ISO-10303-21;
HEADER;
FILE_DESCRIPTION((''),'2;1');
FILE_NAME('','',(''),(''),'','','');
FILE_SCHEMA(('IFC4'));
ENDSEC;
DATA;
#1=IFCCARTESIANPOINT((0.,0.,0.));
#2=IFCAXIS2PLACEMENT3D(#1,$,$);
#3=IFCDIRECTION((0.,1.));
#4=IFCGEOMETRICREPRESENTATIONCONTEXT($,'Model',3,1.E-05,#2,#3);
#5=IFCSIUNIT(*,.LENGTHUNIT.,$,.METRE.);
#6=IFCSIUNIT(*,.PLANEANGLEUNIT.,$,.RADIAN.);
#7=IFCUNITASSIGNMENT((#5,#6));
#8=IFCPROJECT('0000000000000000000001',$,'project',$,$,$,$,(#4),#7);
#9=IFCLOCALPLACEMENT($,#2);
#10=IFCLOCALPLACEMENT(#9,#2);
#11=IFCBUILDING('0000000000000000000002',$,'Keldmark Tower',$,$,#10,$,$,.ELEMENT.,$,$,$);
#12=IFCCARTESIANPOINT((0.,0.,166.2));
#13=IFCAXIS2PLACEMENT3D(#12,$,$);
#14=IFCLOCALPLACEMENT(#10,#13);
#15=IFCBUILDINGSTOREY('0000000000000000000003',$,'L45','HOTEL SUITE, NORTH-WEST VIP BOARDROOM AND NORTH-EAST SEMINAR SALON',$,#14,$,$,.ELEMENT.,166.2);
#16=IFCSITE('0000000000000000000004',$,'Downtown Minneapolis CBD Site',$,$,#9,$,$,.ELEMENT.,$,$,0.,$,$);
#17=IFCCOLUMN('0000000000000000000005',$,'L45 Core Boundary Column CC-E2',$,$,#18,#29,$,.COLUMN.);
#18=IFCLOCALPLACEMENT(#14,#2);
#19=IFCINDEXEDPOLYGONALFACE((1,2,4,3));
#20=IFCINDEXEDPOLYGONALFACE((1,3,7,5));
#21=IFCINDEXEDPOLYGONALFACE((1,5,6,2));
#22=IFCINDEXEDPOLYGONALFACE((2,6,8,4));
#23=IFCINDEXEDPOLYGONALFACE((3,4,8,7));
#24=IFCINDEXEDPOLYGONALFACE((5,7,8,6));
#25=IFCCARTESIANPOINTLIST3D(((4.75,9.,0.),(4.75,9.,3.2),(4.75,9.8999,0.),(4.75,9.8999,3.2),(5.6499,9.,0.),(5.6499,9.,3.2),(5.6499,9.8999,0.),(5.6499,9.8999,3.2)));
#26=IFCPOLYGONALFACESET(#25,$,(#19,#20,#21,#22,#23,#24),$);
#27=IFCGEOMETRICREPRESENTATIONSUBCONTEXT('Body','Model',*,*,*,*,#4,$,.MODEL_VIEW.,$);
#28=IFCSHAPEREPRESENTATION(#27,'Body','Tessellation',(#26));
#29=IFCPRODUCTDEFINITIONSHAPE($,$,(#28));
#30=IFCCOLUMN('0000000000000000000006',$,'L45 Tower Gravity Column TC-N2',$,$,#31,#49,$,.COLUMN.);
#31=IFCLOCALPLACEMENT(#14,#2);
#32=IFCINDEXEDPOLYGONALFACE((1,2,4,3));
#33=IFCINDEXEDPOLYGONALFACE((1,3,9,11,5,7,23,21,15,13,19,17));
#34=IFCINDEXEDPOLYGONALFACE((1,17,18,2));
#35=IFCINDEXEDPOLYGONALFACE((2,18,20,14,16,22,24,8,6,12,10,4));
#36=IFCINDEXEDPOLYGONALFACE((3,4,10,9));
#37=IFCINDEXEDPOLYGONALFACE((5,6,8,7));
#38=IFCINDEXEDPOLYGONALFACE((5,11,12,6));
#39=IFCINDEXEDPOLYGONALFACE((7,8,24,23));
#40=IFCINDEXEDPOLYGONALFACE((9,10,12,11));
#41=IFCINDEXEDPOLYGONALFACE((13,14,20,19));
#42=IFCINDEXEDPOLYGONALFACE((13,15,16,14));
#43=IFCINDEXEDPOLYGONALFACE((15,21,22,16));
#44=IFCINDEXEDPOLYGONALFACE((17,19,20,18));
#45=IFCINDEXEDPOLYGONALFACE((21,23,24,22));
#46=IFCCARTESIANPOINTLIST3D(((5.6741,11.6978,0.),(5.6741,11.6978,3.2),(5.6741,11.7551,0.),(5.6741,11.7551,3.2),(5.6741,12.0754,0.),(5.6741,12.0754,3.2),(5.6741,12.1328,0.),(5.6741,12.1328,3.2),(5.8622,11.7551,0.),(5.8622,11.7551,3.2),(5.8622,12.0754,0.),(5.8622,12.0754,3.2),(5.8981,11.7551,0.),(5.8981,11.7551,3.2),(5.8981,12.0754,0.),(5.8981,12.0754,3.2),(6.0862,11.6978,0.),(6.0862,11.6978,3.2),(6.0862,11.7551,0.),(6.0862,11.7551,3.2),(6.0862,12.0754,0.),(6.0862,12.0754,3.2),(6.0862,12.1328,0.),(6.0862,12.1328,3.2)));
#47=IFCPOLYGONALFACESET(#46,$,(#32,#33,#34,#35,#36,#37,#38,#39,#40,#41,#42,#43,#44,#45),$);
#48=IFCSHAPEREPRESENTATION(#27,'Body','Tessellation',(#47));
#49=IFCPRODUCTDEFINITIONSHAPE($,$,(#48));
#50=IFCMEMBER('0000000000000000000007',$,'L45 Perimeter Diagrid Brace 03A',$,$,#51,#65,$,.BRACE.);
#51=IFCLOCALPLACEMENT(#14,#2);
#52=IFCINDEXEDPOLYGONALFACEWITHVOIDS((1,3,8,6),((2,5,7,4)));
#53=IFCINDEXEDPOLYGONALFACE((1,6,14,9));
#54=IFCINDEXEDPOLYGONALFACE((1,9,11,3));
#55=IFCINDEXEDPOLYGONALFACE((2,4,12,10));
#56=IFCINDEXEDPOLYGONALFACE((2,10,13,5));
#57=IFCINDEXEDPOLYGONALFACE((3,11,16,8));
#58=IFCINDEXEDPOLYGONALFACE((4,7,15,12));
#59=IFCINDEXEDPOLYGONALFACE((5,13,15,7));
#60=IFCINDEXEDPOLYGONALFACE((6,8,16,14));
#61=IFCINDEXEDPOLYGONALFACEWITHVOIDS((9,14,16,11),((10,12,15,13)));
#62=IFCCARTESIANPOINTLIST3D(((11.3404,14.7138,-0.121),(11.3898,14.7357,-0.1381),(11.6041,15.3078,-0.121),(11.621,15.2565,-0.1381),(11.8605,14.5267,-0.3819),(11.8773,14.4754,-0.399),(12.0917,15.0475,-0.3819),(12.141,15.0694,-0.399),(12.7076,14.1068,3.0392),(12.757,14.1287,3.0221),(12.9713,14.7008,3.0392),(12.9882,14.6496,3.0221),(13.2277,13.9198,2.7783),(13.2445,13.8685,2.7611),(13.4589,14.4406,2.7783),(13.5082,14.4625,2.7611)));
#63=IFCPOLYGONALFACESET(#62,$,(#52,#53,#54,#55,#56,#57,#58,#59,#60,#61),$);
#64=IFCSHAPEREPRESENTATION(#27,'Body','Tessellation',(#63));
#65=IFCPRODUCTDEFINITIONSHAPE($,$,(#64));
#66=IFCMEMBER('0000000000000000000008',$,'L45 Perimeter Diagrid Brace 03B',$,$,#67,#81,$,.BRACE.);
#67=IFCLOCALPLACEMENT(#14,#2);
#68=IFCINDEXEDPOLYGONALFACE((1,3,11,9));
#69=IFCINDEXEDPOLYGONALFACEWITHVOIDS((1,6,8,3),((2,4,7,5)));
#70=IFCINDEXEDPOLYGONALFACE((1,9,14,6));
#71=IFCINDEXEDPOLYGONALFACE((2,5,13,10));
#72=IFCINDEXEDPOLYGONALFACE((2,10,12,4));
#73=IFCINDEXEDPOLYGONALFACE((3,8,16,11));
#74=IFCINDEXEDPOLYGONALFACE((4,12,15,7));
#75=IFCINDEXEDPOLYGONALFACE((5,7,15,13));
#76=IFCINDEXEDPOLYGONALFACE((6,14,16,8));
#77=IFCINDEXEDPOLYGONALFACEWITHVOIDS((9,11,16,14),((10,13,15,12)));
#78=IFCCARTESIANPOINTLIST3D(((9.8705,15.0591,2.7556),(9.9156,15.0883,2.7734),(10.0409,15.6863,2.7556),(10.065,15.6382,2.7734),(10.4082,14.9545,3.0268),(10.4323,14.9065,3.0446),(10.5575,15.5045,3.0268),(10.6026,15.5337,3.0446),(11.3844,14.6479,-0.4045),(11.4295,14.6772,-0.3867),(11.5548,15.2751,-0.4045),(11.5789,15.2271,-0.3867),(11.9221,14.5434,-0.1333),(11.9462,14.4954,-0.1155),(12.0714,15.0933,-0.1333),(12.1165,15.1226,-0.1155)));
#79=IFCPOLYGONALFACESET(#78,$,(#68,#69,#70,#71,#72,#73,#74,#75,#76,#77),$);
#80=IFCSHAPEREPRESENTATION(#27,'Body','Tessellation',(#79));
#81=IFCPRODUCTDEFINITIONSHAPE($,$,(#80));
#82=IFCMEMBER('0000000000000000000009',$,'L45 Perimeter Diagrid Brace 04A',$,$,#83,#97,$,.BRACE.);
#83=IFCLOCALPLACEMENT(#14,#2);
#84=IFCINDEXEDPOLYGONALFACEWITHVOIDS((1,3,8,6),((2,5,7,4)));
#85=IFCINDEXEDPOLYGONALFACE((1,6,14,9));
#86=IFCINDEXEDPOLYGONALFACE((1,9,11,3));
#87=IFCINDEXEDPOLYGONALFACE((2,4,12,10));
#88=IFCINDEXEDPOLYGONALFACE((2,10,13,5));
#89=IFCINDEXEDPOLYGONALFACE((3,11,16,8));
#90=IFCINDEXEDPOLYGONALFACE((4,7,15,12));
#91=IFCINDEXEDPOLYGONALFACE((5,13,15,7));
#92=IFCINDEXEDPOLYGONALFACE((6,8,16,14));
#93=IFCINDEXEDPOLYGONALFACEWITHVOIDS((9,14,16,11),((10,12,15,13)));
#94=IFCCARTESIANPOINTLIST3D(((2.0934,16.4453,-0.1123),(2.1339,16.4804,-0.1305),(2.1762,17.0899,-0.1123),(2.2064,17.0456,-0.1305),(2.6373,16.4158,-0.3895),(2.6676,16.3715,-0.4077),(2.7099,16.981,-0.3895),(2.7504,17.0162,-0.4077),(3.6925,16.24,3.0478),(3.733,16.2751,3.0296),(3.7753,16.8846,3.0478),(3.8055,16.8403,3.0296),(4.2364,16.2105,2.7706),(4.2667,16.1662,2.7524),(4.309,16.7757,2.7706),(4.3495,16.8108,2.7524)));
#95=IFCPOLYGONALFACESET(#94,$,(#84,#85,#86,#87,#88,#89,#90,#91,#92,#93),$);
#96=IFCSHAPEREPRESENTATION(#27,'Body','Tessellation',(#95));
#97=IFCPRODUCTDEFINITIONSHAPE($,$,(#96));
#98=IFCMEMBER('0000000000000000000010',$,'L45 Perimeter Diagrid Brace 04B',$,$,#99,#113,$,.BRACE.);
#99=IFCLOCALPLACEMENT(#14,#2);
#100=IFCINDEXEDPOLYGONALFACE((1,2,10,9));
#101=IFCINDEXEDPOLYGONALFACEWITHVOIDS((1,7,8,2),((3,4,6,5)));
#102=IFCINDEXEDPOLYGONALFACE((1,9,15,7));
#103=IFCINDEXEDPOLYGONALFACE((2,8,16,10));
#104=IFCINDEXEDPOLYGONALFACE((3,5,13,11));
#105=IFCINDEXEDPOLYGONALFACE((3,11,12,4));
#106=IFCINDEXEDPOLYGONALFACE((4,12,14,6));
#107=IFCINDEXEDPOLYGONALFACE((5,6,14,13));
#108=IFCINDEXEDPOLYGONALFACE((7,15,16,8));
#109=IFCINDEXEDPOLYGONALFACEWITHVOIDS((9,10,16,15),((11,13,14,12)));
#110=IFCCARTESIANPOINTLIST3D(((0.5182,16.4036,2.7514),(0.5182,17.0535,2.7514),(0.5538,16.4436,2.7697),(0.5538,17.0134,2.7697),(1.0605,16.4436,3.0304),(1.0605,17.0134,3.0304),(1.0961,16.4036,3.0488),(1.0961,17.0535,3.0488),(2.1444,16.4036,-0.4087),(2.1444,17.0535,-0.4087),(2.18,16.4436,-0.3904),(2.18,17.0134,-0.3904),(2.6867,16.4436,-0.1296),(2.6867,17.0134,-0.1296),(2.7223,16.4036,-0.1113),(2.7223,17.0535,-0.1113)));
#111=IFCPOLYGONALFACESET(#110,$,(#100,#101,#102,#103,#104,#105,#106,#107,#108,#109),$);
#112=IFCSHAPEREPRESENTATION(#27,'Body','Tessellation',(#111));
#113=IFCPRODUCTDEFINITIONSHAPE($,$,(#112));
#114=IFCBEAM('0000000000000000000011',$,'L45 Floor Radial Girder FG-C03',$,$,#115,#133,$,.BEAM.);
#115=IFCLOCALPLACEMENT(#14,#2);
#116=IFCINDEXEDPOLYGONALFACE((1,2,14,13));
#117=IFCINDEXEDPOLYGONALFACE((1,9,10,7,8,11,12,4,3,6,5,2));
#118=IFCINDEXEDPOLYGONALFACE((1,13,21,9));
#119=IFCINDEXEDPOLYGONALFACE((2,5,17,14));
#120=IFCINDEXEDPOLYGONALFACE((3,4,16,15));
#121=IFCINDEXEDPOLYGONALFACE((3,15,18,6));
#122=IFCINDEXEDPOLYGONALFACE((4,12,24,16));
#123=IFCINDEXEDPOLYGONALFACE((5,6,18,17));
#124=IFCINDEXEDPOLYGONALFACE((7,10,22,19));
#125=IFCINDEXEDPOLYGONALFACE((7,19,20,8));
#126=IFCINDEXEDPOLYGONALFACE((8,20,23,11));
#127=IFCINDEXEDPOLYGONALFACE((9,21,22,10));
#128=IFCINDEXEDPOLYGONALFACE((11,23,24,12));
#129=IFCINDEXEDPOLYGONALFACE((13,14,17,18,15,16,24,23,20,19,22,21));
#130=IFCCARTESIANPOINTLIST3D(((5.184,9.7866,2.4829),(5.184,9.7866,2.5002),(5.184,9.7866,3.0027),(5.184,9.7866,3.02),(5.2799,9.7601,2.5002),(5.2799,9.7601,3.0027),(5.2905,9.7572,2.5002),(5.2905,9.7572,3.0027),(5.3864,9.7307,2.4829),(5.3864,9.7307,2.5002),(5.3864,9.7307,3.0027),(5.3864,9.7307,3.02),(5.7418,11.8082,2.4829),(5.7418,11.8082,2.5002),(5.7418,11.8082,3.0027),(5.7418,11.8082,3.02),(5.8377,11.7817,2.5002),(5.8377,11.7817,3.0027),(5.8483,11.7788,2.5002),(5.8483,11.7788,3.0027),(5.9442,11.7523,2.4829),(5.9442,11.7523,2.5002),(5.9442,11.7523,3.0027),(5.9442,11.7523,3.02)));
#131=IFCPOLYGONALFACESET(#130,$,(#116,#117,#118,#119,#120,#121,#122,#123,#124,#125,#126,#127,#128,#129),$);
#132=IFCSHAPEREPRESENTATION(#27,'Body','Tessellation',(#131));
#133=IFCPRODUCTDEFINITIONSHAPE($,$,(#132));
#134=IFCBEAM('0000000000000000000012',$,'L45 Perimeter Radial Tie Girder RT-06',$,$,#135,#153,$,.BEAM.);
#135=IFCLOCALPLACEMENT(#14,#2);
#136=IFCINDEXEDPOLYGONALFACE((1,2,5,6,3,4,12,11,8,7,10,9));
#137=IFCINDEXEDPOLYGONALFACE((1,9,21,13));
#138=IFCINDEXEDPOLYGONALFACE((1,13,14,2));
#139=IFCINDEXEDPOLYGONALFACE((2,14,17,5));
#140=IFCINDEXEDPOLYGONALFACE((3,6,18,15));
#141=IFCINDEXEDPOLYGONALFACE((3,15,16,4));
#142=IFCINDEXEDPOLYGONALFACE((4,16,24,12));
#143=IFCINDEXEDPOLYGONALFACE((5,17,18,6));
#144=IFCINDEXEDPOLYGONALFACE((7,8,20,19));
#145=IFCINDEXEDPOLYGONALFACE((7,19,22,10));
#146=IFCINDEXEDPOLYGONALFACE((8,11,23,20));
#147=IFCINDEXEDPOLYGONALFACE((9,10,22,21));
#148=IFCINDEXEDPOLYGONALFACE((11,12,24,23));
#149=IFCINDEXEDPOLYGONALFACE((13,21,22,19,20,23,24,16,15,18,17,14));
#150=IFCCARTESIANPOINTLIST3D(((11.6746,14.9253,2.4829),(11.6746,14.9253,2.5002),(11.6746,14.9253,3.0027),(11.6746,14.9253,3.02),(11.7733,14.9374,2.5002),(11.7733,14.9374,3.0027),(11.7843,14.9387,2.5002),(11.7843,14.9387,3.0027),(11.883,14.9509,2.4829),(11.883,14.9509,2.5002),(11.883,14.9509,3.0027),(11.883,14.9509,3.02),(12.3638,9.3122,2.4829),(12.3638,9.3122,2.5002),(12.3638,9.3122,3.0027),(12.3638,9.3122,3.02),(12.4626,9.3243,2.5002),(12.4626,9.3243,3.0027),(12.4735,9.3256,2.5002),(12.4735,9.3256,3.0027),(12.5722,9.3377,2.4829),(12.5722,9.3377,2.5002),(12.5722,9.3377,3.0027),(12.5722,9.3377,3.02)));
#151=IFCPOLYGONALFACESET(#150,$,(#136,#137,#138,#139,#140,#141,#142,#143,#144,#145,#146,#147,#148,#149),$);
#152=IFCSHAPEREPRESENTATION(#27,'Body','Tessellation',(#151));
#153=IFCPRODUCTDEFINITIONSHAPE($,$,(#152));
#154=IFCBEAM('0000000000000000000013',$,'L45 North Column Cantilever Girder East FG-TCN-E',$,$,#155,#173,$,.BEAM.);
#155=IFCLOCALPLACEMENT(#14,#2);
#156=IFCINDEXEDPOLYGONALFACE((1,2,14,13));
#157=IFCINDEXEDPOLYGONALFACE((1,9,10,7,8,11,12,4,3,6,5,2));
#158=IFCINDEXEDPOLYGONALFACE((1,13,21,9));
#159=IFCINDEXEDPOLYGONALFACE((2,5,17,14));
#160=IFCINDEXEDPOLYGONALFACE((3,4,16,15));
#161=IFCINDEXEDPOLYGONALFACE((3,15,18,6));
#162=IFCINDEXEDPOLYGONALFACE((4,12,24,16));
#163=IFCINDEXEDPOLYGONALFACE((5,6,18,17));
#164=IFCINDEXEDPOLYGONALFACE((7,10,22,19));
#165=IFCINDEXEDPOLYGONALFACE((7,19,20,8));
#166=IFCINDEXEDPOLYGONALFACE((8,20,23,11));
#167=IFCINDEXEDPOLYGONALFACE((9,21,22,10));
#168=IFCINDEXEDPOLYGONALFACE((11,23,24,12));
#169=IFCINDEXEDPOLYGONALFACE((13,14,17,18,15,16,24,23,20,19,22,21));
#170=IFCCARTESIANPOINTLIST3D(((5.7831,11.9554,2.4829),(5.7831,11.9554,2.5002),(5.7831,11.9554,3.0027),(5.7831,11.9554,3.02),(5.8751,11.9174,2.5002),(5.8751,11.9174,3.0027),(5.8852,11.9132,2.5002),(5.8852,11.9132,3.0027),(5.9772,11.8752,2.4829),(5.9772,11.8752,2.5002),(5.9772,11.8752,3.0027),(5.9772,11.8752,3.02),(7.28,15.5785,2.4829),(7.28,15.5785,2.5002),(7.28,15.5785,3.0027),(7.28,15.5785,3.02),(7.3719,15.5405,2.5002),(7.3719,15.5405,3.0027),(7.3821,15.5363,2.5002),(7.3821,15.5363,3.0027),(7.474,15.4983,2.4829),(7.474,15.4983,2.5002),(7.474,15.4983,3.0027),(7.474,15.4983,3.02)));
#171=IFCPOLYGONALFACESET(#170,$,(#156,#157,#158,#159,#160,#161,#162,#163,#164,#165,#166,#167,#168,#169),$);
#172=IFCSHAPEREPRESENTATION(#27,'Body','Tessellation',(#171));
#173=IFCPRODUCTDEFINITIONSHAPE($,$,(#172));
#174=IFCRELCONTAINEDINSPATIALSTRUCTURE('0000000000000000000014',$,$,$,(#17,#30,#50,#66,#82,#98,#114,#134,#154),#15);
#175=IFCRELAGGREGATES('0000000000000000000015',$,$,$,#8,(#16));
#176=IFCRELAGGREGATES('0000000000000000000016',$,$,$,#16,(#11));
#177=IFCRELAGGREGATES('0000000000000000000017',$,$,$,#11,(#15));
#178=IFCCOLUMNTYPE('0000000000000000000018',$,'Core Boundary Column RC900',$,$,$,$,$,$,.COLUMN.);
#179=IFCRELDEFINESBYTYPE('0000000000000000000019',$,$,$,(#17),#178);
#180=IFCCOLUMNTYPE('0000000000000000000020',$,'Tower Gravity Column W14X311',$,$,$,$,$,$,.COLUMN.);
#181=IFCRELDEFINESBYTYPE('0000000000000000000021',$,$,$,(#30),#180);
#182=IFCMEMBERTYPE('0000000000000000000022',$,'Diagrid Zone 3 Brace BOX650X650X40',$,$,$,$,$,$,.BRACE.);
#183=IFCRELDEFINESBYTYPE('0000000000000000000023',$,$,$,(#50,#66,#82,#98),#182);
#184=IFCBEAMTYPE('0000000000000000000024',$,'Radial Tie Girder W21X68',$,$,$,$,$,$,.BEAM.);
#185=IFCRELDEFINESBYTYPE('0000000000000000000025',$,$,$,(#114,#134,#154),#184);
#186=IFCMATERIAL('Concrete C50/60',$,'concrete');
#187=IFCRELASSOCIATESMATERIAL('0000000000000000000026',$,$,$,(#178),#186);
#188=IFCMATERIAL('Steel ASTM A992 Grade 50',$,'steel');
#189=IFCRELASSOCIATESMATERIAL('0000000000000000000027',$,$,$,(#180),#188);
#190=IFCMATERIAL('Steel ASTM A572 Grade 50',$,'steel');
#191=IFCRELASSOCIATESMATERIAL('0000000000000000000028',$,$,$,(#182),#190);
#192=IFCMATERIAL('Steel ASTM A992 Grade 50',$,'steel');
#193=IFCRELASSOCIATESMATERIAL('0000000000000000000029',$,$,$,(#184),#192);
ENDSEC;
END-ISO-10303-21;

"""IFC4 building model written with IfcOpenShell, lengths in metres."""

from ifc_helpers import new_model, si_unit, direction, frame, origin, origin_2d, place, context, subcontext, project, spatial, rectangle, hollow_rectangle, i_section, extrude, material, material_profile, profile_set, type_object, element, save


model = new_model("IFC4")

# Units and contexts
model_context = context("Model", 3, precision=1e-05, world=origin(), true_north=direction((0.0, 1.0)))
body_context = subcontext(model_context, "Body", "Model", "MODEL_VIEW")
ifc_project = project(units=[si_unit("LENGTHUNIT", "METRE"), si_unit("PLANEANGLEUNIT", "RADIAN")], contexts=[model_context])

# Site, building, storey
site_placement = place(None, origin())
site = spatial("IfcSite", under=ifc_project, at=site_placement, Name="Downtown Minneapolis CBD Site", CompositionType="ELEMENT", RefElevation=0.0)
building_placement = place(site_placement, origin())
building = spatial("IfcBuilding", under=site, at=building_placement, Name="Keldmark Tower", CompositionType="ELEMENT")
storey_placement = place(building_placement, frame((0.0, 0.0, 166.2)))
storey = spatial("IfcBuildingStorey", under=building, at=storey_placement, Name="L45", Description="HOTEL SUITE, NORTH-WEST VIP BOARDROOM AND NORTH-EAST SEMINAR SALON", CompositionType="ELEMENT", Elevation=166.2)

# Columns
ifc_material_1 = material(Name="Concrete C50/60", Category="concrete")
ifc_material_profile_1 = material_profile(ifc_material_1, rectangle(XDim=0.8999, YDim=0.8999, at=origin_2d()), Name="RC900X900")
ifc_profile_set_1 = profile_set([ifc_material_profile_1], Name="Concrete C50/60")
column_type_1 = type_object("IfcColumnType", Name="Core Boundary Column RC900", PredefinedType="COLUMN", material=ifc_profile_set_1)
column_1_placement = place(storey_placement, frame((5.2, 9.45, 0.0), z_axis=(0.0, 0.0, 1.0), x_axis=(1.0, 0.0, 0.0)))
element("IfcColumn", 1, at=column_1_placement, inside=storey, type_object=column_type_1, Name="L45 Core Boundary Column CC-E2", PredefinedType="COLUMN", context=body_context, shape_type="SweptSolid", body=[
    extrude(rectangle(XDim=0.8999, YDim=0.8999, at=origin_2d()), origin(), (0.0, 0.0, 1.0), 3.2),
])
ifc_material_2 = material(Name="Steel ASTM A992 Grade 50", Category="steel")
ifc_material_profile_2 = material_profile(ifc_material_2, i_section(OverallWidth=0.4121, OverallDepth=0.4351, WebThickness=0.0359, FlangeThickness=0.0574, at=origin_2d()), Name="W14X311")
ifc_profile_set_2 = profile_set([ifc_material_profile_2], Name="Steel ASTM A992 Grade 50")
column_type_2 = type_object("IfcColumnType", Name="Tower Gravity Column W14X311", PredefinedType="COLUMN", material=ifc_profile_set_2)
column_2_placement = place(storey_placement, frame((5.8801, 11.9153, 0.0), z_axis=(0.0, 0.0, 1.0), x_axis=(1.0, 0.0, 0.0)))
element("IfcColumn", 2, at=column_2_placement, inside=storey, type_object=column_type_2, Name="L45 Tower Gravity Column TC-N2", PredefinedType="COLUMN", context=body_context, shape_type="SweptSolid", body=[
    extrude(i_section(OverallWidth=0.4121, OverallDepth=0.4351, WebThickness=0.0359, FlangeThickness=0.0574, at=origin_2d()), origin(), (0.0, 0.0, 1.0), 3.2),
])

# Members
ifc_material_3 = material(Name="Steel ASTM A572 Grade 50", Category="steel")
ifc_material_profile_3 = material_profile(ifc_material_3, hollow_rectangle(XDim=0.6499, YDim=0.6499, WallThickness=0.04, at=origin_2d()), Name="BOX650X650X40")
ifc_profile_set_3 = profile_set([ifc_material_profile_3], Name="Steel ASTM A572 Grade 50")
member_type = type_object("IfcMemberType", Name="Diagrid Zone 3 Brace BOX650X650X40", PredefinedType="BRACE", material=ifc_profile_set_3)
member_1_placement = place(storey_placement, frame((11.7407, 14.8916, -0.26), z_axis=(0.391038, -0.173593, 0.903856), x_axis=(0.405745, 0.913986, 0.0)))
element("IfcMember", 3, at=member_1_placement, inside=storey, type_object=member_type, Name="L45 Perimeter Diagrid Brace 03A", PredefinedType="BRACE", context=body_context, shape_type="SweptSolid", body=[
    extrude(hollow_rectangle(XDim=0.6499, YDim=0.6499, WallThickness=0.04, at=origin_2d()), origin(), (0.0, 0.0, 1.0), 3.4963),
])
member_2_placement = place(storey_placement, frame((11.7505, 14.8853, -0.26), z_axis=(-0.429101, 0.116531, 0.895708), x_axis=(-0.262077, -0.965047, 0.0)))
element("IfcMember", 4, at=member_2_placement, inside=storey, type_object=member_type, Name="L45 Perimeter Diagrid Brace 03B", PredefinedType="BRACE", context=body_context, shape_type="SweptSolid", body=[
    extrude(hollow_rectangle(XDim=0.6499, YDim=0.6499, WallThickness=0.04, at=origin_2d()), origin(), (0.0, 0.0, 1.0), 3.5281),
])
member_3_placement = place(storey_placement, frame((2.4219, 16.7307, -0.26), z_axis=(0.450753, -0.057875, 0.890771), x_axis=(0.127351, 0.991858, 0.0)))
element("IfcMember", 5, at=member_3_placement, inside=storey, type_object=member_type, Name="L45 Perimeter Diagrid Brace 04A", PredefinedType="BRACE", context=body_context, shape_type="SweptSolid", body=[
    extrude(hollow_rectangle(XDim=0.6499, YDim=0.6499, WallThickness=0.04, at=origin_2d()), origin(), (0.0, 0.0, 1.0), 3.5476),
])
member_4_placement = place(storey_placement, frame((2.4333, 16.7285, -0.26), z_axis=(-0.45757, 0.0, 0.889174), x_axis=(0.0, -1.0, 0.0)))
element("IfcMember", 6, at=member_4_placement, inside=storey, type_object=member_type, Name="L45 Perimeter Diagrid Brace 04B", PredefinedType="BRACE", context=body_context, shape_type="SweptSolid", body=[
    extrude(hollow_rectangle(XDim=0.6499, YDim=0.6499, WallThickness=0.04, at=origin_2d()), origin(), (0.0, 0.0, 1.0), 3.554),
])

# Beams
ifc_material_4 = material(Name="Steel ASTM A992 Grade 50", Category="steel")
ifc_material_profile_4 = material_profile(ifc_material_4, i_section(OverallWidth=0.21, OverallDepth=0.5371, WebThickness=0.011, FlangeThickness=0.0173, at=origin_2d()), Name="W21X68")
ifc_profile_set_4 = profile_set([ifc_material_profile_4], Name="Steel ASTM A992 Grade 50")
beam_type_1 = type_object("IfcBeamType", Name="Radial Tie Girder W21X68", PredefinedType="BEAM", material=ifc_profile_set_4)
beam_1_placement = place(storey_placement, frame((5.843, 11.7803, 2.7515), z_axis=(-0.265992, -0.963975, 0.0), x_axis=(0.963975, -0.265992, 0.0)))
element("IfcBeam", 7, at=beam_1_placement, inside=storey, type_object=beam_type_1, Name="L45 Floor Radial Girder FG-C03", PredefinedType="BEAM", context=body_context, shape_type="SweptSolid", body=[
    extrude(i_section(OverallWidth=0.21, OverallDepth=0.5371, WebThickness=0.011, FlangeThickness=0.0173, at=origin_2d()), origin(), (0.0, 0.0, 1.0), 2.0972),
])
beam_2_placement = place(storey_placement, frame((12.468, 9.325, 2.7515), z_axis=(-0.121872, 0.992546, 0.0), x_axis=(-0.992546, -0.121872, 0.0)))
element("IfcBeam", 8, at=beam_2_placement, inside=storey, type_object=beam_type_1, Name="L45 Perimeter Radial Tie Girder RT-06", PredefinedType="BEAM", context=body_context, shape_type="SweptSolid", body=[
    extrude(i_section(OverallWidth=0.21, OverallDepth=0.5371, WebThickness=0.011, FlangeThickness=0.0173, at=origin_2d()), origin(), (0.0, 0.0, 1.0), 5.6553),
])
beam_3_placement = place(storey_placement, frame((5.8801, 11.9153, 2.7515), z_axis=(0.381836, 0.92423, 0.0), x_axis=(-0.92423, 0.381836, 0.0)))
element("IfcBeam", 9, at=beam_3_placement, inside=storey, type_object=beam_type_1, Name="L45 North Column Cantilever Girder East FG-TCN-E", PredefinedType="BEAM", context=body_context, shape_type="SweptSolid", body=[
    extrude(i_section(OverallWidth=0.21, OverallDepth=0.5371, WebThickness=0.011, FlangeThickness=0.0173, at=origin_2d()), origin(), (0.0, 0.0, 1.0), 3.9202),
])

save(model, "model.ifc")
